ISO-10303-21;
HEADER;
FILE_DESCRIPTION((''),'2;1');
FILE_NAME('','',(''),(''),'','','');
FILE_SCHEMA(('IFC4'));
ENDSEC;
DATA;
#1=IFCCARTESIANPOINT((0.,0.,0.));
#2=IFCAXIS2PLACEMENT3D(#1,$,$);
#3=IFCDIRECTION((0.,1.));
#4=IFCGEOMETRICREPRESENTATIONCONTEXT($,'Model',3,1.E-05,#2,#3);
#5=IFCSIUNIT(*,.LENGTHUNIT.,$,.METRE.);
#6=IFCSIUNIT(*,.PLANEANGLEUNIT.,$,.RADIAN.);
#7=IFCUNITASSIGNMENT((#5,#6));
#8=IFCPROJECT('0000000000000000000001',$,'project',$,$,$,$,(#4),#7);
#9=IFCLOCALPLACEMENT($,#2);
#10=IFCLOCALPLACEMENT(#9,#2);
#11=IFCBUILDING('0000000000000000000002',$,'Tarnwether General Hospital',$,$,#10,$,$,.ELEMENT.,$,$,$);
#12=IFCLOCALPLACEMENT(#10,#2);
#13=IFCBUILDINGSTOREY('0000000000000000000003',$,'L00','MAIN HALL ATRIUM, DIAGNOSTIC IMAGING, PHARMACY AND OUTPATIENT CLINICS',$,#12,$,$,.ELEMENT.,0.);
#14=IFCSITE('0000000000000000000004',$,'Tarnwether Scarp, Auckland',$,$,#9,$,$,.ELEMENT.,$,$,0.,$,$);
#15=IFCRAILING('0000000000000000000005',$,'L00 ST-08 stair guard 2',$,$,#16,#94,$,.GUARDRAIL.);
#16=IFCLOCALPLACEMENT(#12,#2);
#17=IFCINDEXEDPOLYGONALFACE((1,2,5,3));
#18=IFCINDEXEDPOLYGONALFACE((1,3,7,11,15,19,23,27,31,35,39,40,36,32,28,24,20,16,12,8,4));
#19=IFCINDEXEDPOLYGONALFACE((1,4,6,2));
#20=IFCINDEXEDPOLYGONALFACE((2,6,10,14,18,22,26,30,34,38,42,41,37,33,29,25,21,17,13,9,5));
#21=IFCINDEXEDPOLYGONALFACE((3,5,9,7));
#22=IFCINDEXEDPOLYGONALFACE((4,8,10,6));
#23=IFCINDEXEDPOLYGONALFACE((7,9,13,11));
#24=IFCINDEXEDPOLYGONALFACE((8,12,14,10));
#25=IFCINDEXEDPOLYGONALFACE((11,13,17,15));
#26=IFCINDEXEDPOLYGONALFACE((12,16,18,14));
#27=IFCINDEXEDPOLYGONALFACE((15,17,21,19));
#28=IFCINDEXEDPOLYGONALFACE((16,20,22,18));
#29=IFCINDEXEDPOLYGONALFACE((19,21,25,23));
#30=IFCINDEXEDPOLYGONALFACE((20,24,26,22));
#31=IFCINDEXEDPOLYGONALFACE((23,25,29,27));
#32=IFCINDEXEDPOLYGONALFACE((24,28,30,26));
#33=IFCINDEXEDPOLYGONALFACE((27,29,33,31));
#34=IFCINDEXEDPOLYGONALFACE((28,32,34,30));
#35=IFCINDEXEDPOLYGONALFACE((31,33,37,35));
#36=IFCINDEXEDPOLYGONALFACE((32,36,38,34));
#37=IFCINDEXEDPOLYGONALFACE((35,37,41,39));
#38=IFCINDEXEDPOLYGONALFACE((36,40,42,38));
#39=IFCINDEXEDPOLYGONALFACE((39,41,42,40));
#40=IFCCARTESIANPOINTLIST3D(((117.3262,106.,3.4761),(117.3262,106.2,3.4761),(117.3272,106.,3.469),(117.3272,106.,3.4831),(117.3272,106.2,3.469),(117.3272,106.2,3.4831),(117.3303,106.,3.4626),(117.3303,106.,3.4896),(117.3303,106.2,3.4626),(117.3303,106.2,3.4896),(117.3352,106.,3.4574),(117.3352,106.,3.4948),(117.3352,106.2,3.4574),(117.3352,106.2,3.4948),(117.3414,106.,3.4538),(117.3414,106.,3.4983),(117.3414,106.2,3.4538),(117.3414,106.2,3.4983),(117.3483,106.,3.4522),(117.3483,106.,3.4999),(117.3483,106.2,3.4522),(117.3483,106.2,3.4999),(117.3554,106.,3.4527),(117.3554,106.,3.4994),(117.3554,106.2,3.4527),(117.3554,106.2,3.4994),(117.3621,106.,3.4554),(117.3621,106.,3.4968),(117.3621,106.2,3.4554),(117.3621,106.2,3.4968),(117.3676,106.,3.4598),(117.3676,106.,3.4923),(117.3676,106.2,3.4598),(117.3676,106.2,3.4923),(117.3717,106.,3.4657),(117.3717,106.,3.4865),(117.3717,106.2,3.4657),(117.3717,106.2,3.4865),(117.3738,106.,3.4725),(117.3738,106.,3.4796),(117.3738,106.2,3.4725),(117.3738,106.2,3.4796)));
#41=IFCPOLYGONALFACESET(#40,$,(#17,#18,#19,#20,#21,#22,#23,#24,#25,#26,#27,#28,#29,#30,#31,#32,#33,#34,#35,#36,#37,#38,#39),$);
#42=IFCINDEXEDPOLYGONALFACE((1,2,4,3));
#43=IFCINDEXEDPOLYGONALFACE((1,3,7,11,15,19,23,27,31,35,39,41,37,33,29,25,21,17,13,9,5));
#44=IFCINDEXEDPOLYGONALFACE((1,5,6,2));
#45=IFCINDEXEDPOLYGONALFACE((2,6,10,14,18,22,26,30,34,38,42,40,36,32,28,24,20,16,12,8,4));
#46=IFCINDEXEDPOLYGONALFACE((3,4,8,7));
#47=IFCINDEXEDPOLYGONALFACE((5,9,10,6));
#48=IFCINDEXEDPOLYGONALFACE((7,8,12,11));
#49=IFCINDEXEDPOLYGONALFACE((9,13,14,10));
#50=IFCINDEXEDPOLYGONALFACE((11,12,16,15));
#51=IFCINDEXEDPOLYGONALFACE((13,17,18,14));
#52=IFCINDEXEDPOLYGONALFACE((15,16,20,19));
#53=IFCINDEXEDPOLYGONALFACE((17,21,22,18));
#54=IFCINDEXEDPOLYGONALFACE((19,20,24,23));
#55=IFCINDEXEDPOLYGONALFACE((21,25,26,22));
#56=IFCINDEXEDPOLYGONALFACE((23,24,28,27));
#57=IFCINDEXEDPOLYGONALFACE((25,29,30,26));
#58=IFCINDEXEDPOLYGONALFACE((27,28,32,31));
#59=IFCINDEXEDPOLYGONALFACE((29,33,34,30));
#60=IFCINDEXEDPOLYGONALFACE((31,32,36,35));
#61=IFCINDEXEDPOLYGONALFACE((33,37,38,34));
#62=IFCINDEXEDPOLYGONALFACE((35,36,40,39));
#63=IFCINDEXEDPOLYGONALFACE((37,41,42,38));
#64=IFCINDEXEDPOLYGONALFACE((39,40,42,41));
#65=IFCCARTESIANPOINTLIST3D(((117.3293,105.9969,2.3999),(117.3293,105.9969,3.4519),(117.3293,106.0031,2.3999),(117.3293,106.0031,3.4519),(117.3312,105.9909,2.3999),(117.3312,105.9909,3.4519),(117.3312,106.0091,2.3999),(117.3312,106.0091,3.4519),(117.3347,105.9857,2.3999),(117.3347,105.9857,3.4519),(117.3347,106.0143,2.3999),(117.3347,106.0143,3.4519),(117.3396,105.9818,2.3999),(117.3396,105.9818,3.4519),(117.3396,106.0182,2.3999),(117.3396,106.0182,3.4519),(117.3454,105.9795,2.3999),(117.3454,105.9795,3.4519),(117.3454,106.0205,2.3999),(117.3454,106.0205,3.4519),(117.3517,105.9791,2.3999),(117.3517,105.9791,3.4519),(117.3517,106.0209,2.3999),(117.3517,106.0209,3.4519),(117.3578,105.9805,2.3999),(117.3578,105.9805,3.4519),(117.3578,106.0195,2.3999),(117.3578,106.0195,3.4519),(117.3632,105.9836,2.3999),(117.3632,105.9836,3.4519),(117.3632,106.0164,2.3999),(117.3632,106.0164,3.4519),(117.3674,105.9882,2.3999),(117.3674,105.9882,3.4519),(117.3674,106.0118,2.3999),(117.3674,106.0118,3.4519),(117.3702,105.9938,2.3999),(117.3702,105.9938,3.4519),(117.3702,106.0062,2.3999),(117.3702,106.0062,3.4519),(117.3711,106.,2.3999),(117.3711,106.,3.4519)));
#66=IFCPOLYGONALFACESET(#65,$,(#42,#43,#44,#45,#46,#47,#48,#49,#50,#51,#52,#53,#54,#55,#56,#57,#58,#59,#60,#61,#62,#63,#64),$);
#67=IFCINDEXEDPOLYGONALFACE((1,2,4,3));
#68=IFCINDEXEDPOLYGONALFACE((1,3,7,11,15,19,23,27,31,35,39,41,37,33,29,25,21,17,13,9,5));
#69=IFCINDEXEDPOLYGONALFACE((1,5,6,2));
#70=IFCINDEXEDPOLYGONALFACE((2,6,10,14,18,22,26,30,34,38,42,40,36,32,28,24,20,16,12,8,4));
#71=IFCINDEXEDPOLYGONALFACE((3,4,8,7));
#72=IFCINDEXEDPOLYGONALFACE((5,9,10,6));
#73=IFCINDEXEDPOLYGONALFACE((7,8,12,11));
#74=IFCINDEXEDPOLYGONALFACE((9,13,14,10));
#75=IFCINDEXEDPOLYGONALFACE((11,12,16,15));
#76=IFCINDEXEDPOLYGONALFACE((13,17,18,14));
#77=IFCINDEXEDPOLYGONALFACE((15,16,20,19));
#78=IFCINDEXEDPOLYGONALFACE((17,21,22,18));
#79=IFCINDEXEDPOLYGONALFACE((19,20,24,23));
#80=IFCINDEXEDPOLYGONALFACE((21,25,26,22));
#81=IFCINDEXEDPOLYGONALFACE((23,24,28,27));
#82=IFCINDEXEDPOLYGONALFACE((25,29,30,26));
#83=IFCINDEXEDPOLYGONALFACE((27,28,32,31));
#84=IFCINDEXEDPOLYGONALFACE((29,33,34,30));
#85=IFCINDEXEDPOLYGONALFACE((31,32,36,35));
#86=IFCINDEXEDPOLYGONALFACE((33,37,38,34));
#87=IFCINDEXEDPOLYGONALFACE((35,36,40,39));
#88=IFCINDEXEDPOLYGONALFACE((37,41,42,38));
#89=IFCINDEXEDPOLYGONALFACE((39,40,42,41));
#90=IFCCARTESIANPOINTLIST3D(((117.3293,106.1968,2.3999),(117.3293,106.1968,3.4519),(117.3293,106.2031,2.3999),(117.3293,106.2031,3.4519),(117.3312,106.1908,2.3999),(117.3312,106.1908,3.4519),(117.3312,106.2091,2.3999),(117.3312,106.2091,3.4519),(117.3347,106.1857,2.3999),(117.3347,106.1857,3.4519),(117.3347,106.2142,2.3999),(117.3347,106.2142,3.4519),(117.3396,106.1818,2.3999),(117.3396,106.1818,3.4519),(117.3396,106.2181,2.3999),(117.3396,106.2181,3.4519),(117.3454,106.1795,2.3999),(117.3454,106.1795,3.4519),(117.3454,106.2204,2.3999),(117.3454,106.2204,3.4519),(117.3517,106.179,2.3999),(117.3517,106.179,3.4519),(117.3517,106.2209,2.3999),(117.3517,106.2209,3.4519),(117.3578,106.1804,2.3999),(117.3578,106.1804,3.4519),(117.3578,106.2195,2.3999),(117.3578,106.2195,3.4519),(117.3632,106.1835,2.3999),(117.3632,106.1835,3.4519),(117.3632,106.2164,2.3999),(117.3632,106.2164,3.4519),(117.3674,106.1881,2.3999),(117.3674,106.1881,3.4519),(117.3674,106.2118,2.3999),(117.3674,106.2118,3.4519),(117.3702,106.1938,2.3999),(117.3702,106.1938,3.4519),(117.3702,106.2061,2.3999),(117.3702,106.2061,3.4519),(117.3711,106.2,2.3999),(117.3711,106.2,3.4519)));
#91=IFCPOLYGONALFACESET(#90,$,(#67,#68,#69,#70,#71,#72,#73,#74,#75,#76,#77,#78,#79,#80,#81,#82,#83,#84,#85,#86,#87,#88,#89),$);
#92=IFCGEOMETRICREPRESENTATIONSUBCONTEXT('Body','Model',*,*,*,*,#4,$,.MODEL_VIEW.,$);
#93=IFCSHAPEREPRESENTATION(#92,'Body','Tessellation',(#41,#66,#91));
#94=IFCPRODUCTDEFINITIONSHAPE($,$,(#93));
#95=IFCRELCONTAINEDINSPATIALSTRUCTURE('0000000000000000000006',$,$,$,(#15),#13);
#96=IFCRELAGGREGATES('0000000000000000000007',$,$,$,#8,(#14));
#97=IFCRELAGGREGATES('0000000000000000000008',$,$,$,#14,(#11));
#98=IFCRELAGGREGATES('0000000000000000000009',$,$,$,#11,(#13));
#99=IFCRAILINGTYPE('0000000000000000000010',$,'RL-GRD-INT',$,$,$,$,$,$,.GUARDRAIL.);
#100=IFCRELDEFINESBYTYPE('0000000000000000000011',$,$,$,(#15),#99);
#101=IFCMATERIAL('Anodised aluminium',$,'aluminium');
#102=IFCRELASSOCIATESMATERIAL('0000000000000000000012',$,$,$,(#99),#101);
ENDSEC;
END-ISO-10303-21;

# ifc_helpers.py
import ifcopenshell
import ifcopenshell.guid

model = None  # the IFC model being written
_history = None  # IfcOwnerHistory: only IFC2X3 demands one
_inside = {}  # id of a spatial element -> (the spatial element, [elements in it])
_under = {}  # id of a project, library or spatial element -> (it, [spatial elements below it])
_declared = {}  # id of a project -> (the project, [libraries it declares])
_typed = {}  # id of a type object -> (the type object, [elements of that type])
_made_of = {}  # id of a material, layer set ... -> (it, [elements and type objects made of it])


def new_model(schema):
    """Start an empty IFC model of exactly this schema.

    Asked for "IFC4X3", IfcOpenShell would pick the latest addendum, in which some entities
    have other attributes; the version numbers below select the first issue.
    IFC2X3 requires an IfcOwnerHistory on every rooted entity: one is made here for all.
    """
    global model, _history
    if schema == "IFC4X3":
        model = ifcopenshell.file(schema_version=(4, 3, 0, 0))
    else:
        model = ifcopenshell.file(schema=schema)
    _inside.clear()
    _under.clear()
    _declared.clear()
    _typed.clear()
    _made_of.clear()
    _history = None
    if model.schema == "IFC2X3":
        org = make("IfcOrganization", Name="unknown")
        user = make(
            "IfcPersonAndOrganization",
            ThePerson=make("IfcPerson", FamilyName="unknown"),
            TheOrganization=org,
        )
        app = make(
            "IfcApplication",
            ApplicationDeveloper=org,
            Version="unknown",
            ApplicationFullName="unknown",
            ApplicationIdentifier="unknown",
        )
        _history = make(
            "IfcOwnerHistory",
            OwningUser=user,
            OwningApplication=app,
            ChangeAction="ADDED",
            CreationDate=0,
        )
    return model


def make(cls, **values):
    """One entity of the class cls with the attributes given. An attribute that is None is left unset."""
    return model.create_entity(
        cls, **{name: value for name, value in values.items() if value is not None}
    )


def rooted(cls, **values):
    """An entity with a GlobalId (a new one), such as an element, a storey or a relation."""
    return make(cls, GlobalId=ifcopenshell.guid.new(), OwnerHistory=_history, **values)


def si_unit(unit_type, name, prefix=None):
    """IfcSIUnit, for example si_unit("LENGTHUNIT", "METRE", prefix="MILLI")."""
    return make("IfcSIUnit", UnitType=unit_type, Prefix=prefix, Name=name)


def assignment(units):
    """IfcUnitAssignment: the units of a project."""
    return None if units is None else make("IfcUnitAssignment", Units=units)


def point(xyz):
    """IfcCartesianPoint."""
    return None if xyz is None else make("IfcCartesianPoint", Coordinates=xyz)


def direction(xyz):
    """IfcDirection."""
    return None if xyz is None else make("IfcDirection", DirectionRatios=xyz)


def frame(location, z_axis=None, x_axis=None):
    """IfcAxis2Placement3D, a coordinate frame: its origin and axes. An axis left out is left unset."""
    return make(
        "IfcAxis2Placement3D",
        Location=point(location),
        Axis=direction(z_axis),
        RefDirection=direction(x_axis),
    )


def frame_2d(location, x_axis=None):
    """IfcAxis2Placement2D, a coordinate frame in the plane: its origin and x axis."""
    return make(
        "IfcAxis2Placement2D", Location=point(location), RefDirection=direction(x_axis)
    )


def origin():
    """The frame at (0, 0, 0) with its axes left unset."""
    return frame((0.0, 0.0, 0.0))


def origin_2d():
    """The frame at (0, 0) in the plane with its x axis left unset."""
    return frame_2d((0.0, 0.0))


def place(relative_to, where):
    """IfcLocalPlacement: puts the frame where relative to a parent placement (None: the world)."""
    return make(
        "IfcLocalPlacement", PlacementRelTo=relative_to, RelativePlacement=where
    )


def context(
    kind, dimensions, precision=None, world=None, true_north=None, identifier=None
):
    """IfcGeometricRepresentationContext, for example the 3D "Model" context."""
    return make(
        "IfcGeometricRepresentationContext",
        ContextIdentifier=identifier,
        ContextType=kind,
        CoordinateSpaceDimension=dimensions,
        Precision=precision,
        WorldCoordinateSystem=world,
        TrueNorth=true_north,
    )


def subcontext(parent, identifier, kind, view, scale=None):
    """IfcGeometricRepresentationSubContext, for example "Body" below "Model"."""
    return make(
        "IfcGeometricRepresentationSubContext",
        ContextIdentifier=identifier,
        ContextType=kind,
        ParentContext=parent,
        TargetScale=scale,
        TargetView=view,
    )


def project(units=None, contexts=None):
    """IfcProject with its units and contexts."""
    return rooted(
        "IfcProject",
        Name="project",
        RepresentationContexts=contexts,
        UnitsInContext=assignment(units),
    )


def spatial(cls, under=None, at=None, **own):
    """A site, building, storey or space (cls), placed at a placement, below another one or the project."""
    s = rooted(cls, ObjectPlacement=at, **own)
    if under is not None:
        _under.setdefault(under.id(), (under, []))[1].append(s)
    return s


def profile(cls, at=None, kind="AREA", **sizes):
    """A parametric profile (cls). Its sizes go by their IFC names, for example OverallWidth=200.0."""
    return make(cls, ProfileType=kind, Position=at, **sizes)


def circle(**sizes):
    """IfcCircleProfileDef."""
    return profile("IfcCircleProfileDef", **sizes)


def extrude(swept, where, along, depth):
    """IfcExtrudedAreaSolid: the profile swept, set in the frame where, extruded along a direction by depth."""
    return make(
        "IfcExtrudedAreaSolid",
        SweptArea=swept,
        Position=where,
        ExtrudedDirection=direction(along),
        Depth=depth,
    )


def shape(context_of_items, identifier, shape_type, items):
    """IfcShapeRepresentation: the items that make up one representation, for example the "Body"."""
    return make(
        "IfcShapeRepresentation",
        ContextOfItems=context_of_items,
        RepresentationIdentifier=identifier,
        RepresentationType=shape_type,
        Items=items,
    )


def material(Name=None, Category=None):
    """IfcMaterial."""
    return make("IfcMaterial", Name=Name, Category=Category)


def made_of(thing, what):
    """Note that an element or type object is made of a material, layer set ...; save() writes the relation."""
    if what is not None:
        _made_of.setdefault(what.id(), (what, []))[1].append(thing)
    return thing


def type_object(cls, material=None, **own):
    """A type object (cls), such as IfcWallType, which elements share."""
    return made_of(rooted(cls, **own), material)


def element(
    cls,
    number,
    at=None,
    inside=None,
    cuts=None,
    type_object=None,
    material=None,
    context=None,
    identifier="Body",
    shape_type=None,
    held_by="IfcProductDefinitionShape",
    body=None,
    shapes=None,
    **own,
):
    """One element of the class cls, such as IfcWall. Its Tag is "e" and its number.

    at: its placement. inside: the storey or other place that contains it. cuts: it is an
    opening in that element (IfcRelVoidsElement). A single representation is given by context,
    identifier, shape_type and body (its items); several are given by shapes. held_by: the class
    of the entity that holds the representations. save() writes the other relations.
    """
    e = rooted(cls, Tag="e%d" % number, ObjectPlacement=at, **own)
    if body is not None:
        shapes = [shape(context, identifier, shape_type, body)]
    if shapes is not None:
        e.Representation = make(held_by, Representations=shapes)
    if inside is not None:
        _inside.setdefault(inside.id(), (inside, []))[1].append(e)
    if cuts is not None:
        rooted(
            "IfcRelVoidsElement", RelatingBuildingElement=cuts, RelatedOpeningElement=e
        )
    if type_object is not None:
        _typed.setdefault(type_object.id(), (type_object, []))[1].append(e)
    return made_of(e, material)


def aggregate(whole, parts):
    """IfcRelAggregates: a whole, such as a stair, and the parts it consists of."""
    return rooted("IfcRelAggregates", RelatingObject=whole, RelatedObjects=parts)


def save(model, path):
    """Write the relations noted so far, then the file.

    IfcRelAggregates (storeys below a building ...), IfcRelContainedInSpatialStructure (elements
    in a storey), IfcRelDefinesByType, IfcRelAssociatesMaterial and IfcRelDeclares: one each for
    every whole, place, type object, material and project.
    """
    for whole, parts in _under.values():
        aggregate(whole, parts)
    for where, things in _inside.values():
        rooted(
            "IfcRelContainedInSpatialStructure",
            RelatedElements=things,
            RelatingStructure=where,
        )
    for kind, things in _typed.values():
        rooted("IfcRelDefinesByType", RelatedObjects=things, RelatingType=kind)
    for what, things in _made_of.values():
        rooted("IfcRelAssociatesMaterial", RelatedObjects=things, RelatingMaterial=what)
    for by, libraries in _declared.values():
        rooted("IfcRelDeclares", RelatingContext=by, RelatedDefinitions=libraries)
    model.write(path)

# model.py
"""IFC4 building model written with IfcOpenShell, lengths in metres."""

from ifc_helpers import new_model, si_unit, direction, frame, origin, origin_2d, place, context, subcontext, project, spatial, circle, extrude, material, type_object, element, save


model = new_model("IFC4")

# Units and contexts
model_context = context("Model", 3, precision=1e-05, world=origin(), true_north=direction((0.0, 1.0)))
body_context = subcontext(model_context, "Body", "Model", "MODEL_VIEW")
ifc_project = project(units=[si_unit("LENGTHUNIT", "METRE"), si_unit("PLANEANGLEUNIT", "RADIAN")], contexts=[model_context])

# Site, building, storey
site_placement = place(None, origin())
site = spatial("IfcSite", under=ifc_project, at=site_placement, Name="Tarnwether Scarp, Auckland", CompositionType="ELEMENT", RefElevation=0.0)
building_placement = place(site_placement, origin())
building = spatial("IfcBuilding", under=site, at=building_placement, Name="Tarnwether General Hospital", CompositionType="ELEMENT")
storey_placement = place(building_placement, origin())
storey = spatial("IfcBuildingStorey", under=building, at=storey_placement, Name="L00", Description="MAIN HALL ATRIUM, DIAGNOSTIC IMAGING, PHARMACY AND OUTPATIENT CLINICS", CompositionType="ELEMENT", Elevation=0.0)

# Railing
ifc_material_1 = material(Name="Anodised aluminium", Category="aluminium")
railing_type_1 = type_object("IfcRailingType", Name="RL-GRD-INT", PredefinedType="GUARDRAIL", material=ifc_material_1)
railing_1_placement = place(storey_placement, frame((117.3501, 106.0, 2.3999)))
element("IfcRailing", 1, at=railing_1_placement, inside=storey, type_object=railing_type_1, Name="L00 ST-08 stair guard 2", PredefinedType="GUARDRAIL", context=body_context, shape_type="SweptSolid", body=[
    extrude(circle(Radius=0.0239, at=origin_2d()), frame((0.0, 0.0, 1.0762), z_axis=(0.0, 1.0, 0.0), x_axis=(-1.0, 0.0, 0.0)), (0.0, 0.0, 1.0), 0.2),
    extrude(circle(Radius=0.021, at=origin_2d()), origin(), (0.0, 0.0, 1.0), 1.052),
    extrude(circle(Radius=0.021, at=origin_2d()), frame((0.0, 0.2, 0.0)), (0.0, 0.0, 1.0), 1.052),
])

save(model, "model.ifc")
